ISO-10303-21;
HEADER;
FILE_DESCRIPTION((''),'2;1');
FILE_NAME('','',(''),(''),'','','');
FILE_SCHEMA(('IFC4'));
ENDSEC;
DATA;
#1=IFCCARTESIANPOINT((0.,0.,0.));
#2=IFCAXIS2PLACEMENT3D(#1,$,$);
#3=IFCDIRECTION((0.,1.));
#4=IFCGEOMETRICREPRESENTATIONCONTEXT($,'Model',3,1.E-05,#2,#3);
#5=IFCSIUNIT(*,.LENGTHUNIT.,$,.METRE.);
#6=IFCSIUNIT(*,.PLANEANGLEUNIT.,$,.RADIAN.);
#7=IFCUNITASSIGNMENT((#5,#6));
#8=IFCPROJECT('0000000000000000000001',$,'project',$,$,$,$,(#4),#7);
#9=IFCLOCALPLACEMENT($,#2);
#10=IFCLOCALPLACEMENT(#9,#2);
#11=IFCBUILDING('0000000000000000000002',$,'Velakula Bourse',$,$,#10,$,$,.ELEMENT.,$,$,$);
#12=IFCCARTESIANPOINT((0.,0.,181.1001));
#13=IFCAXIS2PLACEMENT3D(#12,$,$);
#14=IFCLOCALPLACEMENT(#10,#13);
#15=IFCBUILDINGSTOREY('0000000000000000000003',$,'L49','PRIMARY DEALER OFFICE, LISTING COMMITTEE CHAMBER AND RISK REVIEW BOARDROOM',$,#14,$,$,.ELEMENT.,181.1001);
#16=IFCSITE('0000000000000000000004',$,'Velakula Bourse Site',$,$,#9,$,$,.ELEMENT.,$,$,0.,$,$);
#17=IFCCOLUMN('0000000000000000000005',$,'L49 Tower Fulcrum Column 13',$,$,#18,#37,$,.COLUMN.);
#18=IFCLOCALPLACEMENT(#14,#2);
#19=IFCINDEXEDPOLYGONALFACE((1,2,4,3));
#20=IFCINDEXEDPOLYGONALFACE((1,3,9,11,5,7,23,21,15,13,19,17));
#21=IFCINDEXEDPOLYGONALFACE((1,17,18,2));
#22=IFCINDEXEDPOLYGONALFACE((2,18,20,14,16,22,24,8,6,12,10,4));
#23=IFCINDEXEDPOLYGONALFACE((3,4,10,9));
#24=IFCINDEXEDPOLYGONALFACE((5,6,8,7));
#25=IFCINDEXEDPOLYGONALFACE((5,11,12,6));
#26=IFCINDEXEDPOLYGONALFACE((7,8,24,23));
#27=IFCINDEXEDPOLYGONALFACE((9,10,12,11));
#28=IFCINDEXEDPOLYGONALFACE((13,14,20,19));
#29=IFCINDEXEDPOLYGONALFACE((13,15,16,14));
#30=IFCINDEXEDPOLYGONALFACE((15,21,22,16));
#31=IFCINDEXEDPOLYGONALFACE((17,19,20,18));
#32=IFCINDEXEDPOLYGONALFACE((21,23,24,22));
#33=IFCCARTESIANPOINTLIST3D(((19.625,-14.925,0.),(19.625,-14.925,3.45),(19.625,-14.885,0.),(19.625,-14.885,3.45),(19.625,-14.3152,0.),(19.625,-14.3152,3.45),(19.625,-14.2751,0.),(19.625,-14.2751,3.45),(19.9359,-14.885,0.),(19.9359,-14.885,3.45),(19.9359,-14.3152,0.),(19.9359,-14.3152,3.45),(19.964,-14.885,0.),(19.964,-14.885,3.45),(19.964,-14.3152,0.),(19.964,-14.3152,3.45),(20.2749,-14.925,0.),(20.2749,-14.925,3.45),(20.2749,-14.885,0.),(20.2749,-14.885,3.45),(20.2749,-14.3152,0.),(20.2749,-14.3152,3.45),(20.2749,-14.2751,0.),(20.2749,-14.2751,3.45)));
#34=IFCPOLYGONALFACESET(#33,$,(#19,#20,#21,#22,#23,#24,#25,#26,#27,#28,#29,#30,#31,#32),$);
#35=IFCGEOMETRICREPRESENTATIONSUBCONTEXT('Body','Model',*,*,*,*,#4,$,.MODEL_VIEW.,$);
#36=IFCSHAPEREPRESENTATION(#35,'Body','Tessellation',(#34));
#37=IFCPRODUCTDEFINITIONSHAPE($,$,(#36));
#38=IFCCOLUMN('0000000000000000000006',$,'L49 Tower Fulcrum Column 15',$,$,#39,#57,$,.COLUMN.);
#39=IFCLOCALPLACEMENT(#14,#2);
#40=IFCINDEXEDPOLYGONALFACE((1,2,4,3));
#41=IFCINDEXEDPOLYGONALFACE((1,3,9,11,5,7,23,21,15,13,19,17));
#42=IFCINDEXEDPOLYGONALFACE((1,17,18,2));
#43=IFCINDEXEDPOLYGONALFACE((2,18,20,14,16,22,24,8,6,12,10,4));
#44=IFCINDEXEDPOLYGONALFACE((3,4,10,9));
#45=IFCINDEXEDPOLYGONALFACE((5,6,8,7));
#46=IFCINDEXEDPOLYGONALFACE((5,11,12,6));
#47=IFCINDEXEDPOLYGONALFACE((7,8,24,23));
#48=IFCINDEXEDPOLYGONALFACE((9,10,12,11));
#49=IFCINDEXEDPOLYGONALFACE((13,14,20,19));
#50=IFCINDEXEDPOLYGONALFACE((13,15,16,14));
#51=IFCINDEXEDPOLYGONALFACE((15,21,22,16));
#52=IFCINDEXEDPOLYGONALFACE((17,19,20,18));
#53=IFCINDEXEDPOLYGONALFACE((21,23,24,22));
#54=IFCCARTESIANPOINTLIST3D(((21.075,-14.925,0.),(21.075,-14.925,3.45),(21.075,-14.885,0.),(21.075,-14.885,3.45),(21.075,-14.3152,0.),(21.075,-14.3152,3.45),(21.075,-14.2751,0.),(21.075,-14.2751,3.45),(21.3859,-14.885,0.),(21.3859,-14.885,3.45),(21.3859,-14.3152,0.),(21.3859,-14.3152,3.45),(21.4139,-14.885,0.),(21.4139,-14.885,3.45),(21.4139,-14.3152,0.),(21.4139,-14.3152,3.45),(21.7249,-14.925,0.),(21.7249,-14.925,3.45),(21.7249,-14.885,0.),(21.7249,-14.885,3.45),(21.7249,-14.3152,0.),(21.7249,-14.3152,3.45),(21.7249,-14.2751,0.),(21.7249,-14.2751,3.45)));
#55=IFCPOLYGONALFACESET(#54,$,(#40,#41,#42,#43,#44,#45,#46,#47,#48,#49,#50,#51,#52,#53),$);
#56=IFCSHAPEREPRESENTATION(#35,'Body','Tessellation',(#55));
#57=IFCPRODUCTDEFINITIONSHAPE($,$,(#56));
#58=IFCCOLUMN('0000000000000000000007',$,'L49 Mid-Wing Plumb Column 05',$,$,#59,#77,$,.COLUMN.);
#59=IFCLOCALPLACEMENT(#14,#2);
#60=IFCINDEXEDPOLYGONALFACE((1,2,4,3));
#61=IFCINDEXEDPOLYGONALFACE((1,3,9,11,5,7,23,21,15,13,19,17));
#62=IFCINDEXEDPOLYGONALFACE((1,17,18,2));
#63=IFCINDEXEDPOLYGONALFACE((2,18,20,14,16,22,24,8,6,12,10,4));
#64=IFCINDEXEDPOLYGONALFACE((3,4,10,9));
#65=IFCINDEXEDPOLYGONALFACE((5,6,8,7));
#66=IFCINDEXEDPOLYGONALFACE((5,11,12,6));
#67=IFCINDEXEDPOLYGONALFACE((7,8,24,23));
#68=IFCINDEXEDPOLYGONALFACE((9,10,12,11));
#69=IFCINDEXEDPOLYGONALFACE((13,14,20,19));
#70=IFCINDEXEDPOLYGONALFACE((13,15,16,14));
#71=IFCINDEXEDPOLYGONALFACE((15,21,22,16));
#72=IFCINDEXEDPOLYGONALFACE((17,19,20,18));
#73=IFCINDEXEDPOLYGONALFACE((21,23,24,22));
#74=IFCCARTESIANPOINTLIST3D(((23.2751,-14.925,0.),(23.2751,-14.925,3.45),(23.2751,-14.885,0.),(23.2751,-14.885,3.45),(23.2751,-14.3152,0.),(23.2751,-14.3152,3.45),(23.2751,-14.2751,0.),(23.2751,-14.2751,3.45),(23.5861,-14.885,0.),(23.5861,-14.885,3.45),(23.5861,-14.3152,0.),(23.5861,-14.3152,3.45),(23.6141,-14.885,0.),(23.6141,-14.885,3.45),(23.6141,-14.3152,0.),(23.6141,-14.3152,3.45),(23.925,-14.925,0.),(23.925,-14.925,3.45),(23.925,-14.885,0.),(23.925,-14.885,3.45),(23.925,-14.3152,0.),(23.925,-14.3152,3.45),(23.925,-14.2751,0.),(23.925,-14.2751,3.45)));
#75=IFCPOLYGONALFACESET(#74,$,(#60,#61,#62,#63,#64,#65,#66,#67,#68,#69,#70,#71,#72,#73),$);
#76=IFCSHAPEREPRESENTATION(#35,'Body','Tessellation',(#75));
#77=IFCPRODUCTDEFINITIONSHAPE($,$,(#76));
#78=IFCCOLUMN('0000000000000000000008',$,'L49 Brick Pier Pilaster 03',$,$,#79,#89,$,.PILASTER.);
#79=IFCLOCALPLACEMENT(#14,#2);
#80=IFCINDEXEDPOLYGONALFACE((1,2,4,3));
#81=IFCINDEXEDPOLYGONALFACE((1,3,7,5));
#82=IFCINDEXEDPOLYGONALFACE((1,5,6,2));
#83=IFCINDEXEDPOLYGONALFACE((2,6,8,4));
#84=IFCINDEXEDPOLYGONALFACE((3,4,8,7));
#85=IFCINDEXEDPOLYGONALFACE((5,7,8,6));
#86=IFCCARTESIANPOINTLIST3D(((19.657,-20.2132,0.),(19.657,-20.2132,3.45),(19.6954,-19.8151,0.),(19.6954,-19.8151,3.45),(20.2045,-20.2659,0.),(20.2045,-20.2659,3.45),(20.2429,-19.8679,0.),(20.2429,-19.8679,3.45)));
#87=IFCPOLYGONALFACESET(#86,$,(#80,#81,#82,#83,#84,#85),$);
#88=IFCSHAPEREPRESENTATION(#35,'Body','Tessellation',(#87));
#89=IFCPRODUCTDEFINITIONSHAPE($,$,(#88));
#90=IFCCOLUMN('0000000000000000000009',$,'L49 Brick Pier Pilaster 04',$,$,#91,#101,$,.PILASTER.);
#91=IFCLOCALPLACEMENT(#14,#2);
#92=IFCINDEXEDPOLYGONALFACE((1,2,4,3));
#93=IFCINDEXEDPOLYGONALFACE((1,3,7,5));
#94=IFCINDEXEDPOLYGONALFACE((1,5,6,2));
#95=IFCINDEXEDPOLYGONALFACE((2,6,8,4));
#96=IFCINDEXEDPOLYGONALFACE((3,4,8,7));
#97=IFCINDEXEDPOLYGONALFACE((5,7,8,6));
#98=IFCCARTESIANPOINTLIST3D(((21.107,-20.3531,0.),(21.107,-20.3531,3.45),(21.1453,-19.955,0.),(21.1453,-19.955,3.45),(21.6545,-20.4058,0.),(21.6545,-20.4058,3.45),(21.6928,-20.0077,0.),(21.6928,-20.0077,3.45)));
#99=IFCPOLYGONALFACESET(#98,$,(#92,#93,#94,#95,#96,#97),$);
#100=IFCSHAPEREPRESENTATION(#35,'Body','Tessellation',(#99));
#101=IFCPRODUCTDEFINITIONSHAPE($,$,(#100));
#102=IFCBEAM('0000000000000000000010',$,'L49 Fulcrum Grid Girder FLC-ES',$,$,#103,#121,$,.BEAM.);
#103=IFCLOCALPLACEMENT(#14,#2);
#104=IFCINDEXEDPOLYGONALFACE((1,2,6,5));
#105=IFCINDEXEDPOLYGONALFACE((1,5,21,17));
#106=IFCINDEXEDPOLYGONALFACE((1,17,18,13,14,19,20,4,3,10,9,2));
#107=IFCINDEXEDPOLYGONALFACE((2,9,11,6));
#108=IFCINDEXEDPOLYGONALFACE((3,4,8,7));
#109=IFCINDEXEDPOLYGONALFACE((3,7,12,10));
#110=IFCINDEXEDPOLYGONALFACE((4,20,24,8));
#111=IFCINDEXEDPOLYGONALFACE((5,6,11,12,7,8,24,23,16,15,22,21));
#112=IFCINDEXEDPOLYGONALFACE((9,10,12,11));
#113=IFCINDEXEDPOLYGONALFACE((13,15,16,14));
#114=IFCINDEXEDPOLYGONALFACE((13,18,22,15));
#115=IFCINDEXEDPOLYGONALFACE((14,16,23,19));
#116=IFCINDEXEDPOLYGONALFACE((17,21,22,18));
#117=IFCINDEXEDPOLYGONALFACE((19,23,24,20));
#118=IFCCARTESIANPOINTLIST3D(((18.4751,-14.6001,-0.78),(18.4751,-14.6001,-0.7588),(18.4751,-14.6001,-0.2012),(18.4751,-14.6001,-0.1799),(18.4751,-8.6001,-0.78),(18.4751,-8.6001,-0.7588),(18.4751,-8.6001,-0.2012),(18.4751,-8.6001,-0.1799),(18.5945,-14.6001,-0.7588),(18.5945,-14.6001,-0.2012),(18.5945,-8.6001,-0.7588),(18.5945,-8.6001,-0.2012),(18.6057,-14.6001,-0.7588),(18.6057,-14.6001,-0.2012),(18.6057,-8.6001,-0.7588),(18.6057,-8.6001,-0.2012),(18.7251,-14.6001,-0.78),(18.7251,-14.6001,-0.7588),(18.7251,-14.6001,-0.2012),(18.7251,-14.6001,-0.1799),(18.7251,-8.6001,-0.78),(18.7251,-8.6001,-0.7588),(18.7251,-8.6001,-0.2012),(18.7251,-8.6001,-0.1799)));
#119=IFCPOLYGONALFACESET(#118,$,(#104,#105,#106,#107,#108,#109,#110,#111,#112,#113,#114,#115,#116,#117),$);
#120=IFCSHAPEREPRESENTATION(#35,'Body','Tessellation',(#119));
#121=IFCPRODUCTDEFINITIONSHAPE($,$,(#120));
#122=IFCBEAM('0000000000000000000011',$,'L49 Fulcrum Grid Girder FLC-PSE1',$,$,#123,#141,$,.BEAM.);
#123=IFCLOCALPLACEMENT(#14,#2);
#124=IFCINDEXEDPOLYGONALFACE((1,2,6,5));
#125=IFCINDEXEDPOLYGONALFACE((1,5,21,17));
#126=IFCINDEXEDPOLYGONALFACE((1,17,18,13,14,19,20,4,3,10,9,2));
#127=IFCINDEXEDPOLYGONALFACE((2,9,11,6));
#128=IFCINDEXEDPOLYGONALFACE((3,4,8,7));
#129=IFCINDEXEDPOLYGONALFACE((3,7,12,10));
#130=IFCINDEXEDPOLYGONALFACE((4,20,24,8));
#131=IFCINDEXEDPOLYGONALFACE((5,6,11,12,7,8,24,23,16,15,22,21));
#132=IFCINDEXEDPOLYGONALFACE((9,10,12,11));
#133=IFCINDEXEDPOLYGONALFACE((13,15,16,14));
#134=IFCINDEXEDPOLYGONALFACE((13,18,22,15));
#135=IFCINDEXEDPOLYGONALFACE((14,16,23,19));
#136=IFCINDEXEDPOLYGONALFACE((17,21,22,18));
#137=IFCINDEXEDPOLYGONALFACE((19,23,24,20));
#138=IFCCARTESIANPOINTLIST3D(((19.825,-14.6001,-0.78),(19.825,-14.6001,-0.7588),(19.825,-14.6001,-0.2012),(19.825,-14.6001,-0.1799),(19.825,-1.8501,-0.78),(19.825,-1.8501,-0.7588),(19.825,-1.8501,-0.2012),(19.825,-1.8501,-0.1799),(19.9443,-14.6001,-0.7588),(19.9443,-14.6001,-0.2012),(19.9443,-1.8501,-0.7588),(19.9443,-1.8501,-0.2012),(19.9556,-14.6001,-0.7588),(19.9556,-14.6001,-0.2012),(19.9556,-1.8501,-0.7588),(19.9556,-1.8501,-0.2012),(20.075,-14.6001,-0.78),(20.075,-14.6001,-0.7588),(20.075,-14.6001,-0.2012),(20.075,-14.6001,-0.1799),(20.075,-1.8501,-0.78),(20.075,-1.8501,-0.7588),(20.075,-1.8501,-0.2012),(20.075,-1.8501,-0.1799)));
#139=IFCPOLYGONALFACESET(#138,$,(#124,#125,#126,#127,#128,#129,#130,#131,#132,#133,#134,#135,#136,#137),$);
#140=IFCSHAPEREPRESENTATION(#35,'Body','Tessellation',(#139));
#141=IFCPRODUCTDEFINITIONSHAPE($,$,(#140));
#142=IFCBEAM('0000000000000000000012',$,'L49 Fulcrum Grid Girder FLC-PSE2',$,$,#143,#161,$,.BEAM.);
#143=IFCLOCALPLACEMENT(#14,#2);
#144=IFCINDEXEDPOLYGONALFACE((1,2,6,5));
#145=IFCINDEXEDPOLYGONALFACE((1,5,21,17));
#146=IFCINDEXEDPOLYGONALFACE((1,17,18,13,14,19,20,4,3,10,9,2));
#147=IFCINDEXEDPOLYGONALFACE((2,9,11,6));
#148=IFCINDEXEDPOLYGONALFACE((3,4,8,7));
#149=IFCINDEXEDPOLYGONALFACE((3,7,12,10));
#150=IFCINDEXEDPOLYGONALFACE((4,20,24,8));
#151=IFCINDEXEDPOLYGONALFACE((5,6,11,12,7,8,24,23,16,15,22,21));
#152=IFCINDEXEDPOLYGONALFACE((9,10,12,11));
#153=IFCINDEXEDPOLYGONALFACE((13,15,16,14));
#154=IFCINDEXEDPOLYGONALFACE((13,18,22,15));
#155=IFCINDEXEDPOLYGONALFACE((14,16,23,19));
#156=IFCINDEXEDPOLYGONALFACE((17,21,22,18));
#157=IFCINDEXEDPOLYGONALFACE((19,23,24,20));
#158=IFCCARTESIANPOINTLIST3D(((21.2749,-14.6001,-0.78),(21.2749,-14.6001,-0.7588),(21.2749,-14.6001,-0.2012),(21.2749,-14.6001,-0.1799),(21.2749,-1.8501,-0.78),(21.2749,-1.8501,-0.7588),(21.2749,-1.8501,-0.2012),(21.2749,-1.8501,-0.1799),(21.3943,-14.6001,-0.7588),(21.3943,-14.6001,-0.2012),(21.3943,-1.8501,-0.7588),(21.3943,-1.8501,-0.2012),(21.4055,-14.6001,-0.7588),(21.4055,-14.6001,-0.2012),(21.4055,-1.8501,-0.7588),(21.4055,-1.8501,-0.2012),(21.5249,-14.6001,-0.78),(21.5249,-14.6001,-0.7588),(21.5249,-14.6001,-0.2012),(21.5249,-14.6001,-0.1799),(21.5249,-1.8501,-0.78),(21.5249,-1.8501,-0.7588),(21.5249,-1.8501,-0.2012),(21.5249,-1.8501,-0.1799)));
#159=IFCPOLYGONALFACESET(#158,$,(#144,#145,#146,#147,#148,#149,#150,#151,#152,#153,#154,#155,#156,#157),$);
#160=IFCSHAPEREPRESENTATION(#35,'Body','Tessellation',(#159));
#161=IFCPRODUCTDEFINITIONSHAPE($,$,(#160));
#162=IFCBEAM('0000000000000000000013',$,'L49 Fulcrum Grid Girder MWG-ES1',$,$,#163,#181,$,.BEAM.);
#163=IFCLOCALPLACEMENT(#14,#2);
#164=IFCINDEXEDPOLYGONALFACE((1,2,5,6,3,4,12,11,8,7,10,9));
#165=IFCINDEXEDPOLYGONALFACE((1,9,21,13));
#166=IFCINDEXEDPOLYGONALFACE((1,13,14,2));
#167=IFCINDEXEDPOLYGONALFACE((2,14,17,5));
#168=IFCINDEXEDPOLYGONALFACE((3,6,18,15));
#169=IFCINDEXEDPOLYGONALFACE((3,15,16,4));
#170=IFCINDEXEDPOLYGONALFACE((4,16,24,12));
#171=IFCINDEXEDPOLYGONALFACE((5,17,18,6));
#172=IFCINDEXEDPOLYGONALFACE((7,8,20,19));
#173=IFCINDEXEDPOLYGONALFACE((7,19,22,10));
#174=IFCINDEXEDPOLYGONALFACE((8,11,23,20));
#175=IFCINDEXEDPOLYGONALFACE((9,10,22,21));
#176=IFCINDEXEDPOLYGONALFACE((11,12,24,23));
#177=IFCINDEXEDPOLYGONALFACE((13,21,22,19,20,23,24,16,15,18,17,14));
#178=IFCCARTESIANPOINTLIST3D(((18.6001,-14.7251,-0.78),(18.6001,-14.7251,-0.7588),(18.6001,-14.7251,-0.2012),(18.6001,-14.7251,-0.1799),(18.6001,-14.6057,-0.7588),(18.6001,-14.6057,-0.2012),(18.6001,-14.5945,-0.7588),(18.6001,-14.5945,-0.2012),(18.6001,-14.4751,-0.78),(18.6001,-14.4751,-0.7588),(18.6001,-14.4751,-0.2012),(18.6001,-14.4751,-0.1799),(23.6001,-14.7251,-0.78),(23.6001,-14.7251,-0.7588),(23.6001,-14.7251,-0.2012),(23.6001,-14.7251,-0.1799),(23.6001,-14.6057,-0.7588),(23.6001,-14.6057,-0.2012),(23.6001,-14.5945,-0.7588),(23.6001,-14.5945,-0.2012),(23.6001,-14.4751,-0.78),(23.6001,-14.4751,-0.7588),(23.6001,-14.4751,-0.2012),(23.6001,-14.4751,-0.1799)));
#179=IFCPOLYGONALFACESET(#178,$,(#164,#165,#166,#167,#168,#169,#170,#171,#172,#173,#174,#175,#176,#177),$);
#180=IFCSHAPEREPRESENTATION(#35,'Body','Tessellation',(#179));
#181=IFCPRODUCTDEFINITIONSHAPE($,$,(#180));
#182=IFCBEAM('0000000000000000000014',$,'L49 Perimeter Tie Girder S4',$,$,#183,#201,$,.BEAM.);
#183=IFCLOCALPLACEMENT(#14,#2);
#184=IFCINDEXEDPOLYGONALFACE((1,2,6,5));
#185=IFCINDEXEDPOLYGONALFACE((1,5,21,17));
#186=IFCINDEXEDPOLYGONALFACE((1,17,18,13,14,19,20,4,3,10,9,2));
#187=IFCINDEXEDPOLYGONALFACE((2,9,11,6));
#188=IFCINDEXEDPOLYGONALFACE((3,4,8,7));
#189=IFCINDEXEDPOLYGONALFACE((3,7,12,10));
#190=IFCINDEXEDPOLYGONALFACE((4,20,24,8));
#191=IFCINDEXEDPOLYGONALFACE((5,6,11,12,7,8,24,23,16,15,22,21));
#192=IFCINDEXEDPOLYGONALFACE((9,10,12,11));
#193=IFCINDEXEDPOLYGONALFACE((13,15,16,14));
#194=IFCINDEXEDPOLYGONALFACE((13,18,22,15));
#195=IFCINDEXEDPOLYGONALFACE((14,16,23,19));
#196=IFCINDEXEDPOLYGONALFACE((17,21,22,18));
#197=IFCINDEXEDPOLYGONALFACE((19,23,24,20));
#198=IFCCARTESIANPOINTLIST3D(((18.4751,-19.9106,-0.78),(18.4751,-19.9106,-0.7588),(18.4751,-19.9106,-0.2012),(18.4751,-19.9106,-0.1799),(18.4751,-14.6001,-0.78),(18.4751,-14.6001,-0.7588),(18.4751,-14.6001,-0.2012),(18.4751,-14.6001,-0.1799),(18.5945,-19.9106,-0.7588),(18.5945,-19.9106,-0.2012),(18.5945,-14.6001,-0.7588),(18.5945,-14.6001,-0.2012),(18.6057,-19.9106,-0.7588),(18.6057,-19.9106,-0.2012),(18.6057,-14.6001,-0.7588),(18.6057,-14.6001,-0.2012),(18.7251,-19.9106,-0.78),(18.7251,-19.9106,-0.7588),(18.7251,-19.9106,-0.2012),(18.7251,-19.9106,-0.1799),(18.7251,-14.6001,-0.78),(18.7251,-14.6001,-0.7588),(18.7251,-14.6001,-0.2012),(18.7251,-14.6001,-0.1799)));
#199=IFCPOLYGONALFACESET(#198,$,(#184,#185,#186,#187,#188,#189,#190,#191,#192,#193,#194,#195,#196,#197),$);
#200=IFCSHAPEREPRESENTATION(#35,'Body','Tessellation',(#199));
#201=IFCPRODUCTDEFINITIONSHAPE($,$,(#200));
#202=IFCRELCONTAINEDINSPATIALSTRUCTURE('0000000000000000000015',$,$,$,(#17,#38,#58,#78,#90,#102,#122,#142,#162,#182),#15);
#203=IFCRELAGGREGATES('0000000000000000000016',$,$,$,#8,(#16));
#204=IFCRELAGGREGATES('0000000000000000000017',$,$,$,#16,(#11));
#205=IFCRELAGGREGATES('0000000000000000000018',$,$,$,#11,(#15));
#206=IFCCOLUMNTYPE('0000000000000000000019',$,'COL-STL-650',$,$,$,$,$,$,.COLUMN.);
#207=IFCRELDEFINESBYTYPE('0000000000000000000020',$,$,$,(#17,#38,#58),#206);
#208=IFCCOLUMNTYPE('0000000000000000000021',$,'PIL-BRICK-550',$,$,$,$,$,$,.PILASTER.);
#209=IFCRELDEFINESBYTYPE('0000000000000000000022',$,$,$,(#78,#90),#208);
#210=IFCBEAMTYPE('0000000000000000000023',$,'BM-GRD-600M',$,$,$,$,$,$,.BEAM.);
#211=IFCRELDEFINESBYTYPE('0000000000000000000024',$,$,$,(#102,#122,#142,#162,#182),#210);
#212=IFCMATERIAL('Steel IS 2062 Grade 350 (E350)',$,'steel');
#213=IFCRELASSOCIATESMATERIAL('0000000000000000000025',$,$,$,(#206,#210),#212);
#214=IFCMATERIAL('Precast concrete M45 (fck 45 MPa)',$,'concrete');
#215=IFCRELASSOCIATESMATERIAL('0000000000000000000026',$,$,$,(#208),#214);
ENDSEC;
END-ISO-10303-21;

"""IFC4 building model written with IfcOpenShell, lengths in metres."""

from ifc_helpers import new_model, si_unit, direction, frame, origin, origin_2d, place, context, subcontext, project, spatial, rectangle, i_section, extrude, material, material_profile, profile_set, type_object, element, save


model = new_model("IFC4")

# Units and contexts
model_context = context("Model", 3, precision=1e-05, world=origin(), true_north=direction((0.0, 1.0)))
body_context = subcontext(model_context, "Body", "Model", "MODEL_VIEW")
ifc_project = project(units=[si_unit("LENGTHUNIT", "METRE"), si_unit("PLANEANGLEUNIT", "RADIAN")], contexts=[model_context])

# Site, building, storey
site_placement = place(None, origin())
site = spatial("IfcSite", under=ifc_project, at=site_placement, Name="Velakula Bourse Site", CompositionType="ELEMENT", RefElevation=0.0)
building_placement = place(site_placement, origin())
building = spatial("IfcBuilding", under=site, at=building_placement, Name="Velakula Bourse", CompositionType="ELEMENT")
storey_placement = place(building_placement, frame((0.0, 0.0, 181.1001)))
storey = spatial("IfcBuildingStorey", under=building, at=storey_placement, Name="L49", Description="PRIMARY DEALER OFFICE, LISTING COMMITTEE CHAMBER AND RISK REVIEW BOARDROOM", CompositionType="ELEMENT", Elevation=181.1001)

# Columns
ifc_material_1 = material(Name="Steel IS 2062 Grade 350 (E350)", Category="steel")
ifc_material_profile_1 = material_profile(ifc_material_1, i_section(OverallWidth=0.6499, OverallDepth=0.6499, WebThickness=0.0281, FlangeThickness=0.04, at=origin_2d()), Name="Steel IS 2062 Grade 350 (E350)")
ifc_profile_set_1 = profile_set([ifc_material_profile_1], Name="Steel IS 2062 Grade 350 (E350)")
column_type_1 = type_object("IfcColumnType", Name="COL-STL-650", PredefinedType="COLUMN", material=ifc_profile_set_1)
for number, where, z_axis, x_axis, name in (
    (1, (19.95, -14.6001, 0.0), (0.0, 0.0, 1.0), (1.0, 0.0, 0.0), "L49 Tower Fulcrum Column 13"),
    (2, (21.3999, -14.6001, 0.0), (0.0, 0.0, 1.0), (1.0, 0.0, 0.0), "L49 Tower Fulcrum Column 15"),
    (3, (23.6001, -14.6001, 0.0), (0.0, 0.0, 1.0), (1.0, 0.0, 0.0), "L49 Mid-Wing Plumb Column 05"),
):
    element("IfcColumn", number, at=place(storey_placement, frame(where, z_axis=z_axis, x_axis=x_axis)), inside=storey, type_object=column_type_1, Name=name, PredefinedType="COLUMN", context=body_context, shape_type="SweptSolid", body=[
        extrude(i_section(OverallWidth=0.6499, OverallDepth=0.6499, WebThickness=0.0281, FlangeThickness=0.04, at=origin_2d()), origin(), (0.0, 0.0, 1.0), 3.45),
    ])
ifc_material_2 = material(Name="Precast concrete M45 (fck 45 MPa)", Category="concrete")
ifc_material_profile_2 = material_profile(ifc_material_2, rectangle(XDim=0.55, YDim=0.3999, at=origin_2d()), Name="Precast concrete M45 (fck 45 MPa)")
ifc_profile_set_2 = profile_set([ifc_material_profile_2], Name="Precast concrete M45 (fck 45 MPa)")
column_type_2 = type_object("IfcColumnType", Name="PIL-BRICK-550", PredefinedType="PILASTER", material=ifc_profile_set_2)
for number, where, z_axis, x_axis, name in (
    (4, (19.95, -20.0405, 0.0), (0.0, 0.0, 1.0), (0.995396, -0.095846, 0.0), "L49 Brick Pier Pilaster 03"),
    (5, (21.3999, -20.1804, 0.0), (0.0, 0.0, 1.0), (0.995396, -0.095846, 0.0), "L49 Brick Pier Pilaster 04"),
):
    element("IfcColumn", number, at=place(storey_placement, frame(where, z_axis=z_axis, x_axis=x_axis)), inside=storey, type_object=column_type_2, Name=name, PredefinedType="PILASTER", context=body_context, shape_type="SweptSolid", body=[
        extrude(rectangle(XDim=0.55, YDim=0.3999, at=origin_2d()), origin(), (0.0, 0.0, 1.0), 3.45),
    ])

# Beams
ifc_material_profile_3 = material_profile(ifc_material_1, i_section(OverallWidth=0.25, OverallDepth=0.6001, WebThickness=0.0112, FlangeThickness=0.0212, at=origin_2d()), Name="Steel IS 2062 Grade 350 (E350)")
ifc_profile_set_3 = profile_set([ifc_material_profile_3], Name="Steel IS 2062 Grade 350 (E350)")
beam_type_1 = type_object("IfcBeamType", Name="BM-GRD-600M", PredefinedType="BEAM", material=ifc_profile_set_3)
beam_1_placement = place(storey_placement, frame((18.6001, -14.6001, -0.48), z_axis=(0.0, 1.0, 0.0), x_axis=(-1.0, 0.0, 0.0)))
element("IfcBeam", 6, at=beam_1_placement, inside=storey, type_object=beam_type_1, Name="L49 Fulcrum Grid Girder FLC-ES", PredefinedType="BEAM", context=body_context, shape_type="SweptSolid", body=[
    extrude(i_section(OverallWidth=0.25, OverallDepth=0.6001, WebThickness=0.0112, FlangeThickness=0.0212, at=origin_2d()), origin(), (0.0, 0.0, 1.0), 6.0),
])
for number, where, z_axis, x_axis, name in (
    (7, (19.95, -14.6001, -0.48), (0.0, 1.0, 0.0), (-1.0, 0.0, 0.0), "L49 Fulcrum Grid Girder FLC-PSE1"),
    (8, (21.3999, -14.6001, -0.48), (0.0, 1.0, 0.0), (-1.0, 0.0, 0.0), "L49 Fulcrum Grid Girder FLC-PSE2"),
):
    element("IfcBeam", number, at=place(storey_placement, frame(where, z_axis=z_axis, x_axis=x_axis)), inside=storey, type_object=beam_type_1, Name=name, PredefinedType="BEAM", context=body_context, shape_type="SweptSolid", body=[
        extrude(i_section(OverallWidth=0.25, OverallDepth=0.6001, WebThickness=0.0112, FlangeThickness=0.0212, at=origin_2d()), origin(), (0.0, 0.0, 1.0), 12.75),
    ])
beam_2_placement = place(storey_placement, frame((18.6001, -14.6001, -0.48), z_axis=(1.0, 0.0, 0.0), x_axis=(0.0, 1.0, 0.0)))
element("IfcBeam", 9, at=beam_2_placement, inside=storey, type_object=beam_type_1, Name="L49 Fulcrum Grid Girder MWG-ES1", PredefinedType="BEAM", context=body_context, shape_type="SweptSolid", body=[
    extrude(i_section(OverallWidth=0.25, OverallDepth=0.6001, WebThickness=0.0112, FlangeThickness=0.0212, at=origin_2d()), origin(), (0.0, 0.0, 1.0), 5.0),
])
beam_3_placement = place(storey_placement, frame((18.6001, -14.6001, -0.48), z_axis=(0.0, -1.0, 0.0), x_axis=(1.0, 0.0, 0.0)))
element("IfcBeam", 10, at=beam_3_placement, inside=storey, type_object=beam_type_1, Name="L49 Perimeter Tie Girder S4", PredefinedType="BEAM", context=body_context, shape_type="SweptSolid", body=[
    extrude(i_section(OverallWidth=0.25, OverallDepth=0.6001, WebThickness=0.0112, FlangeThickness=0.0212, at=origin_2d()), origin(), (0.0, 0.0, 1.0), 5.3105),
])

save(model, "model.ifc")
